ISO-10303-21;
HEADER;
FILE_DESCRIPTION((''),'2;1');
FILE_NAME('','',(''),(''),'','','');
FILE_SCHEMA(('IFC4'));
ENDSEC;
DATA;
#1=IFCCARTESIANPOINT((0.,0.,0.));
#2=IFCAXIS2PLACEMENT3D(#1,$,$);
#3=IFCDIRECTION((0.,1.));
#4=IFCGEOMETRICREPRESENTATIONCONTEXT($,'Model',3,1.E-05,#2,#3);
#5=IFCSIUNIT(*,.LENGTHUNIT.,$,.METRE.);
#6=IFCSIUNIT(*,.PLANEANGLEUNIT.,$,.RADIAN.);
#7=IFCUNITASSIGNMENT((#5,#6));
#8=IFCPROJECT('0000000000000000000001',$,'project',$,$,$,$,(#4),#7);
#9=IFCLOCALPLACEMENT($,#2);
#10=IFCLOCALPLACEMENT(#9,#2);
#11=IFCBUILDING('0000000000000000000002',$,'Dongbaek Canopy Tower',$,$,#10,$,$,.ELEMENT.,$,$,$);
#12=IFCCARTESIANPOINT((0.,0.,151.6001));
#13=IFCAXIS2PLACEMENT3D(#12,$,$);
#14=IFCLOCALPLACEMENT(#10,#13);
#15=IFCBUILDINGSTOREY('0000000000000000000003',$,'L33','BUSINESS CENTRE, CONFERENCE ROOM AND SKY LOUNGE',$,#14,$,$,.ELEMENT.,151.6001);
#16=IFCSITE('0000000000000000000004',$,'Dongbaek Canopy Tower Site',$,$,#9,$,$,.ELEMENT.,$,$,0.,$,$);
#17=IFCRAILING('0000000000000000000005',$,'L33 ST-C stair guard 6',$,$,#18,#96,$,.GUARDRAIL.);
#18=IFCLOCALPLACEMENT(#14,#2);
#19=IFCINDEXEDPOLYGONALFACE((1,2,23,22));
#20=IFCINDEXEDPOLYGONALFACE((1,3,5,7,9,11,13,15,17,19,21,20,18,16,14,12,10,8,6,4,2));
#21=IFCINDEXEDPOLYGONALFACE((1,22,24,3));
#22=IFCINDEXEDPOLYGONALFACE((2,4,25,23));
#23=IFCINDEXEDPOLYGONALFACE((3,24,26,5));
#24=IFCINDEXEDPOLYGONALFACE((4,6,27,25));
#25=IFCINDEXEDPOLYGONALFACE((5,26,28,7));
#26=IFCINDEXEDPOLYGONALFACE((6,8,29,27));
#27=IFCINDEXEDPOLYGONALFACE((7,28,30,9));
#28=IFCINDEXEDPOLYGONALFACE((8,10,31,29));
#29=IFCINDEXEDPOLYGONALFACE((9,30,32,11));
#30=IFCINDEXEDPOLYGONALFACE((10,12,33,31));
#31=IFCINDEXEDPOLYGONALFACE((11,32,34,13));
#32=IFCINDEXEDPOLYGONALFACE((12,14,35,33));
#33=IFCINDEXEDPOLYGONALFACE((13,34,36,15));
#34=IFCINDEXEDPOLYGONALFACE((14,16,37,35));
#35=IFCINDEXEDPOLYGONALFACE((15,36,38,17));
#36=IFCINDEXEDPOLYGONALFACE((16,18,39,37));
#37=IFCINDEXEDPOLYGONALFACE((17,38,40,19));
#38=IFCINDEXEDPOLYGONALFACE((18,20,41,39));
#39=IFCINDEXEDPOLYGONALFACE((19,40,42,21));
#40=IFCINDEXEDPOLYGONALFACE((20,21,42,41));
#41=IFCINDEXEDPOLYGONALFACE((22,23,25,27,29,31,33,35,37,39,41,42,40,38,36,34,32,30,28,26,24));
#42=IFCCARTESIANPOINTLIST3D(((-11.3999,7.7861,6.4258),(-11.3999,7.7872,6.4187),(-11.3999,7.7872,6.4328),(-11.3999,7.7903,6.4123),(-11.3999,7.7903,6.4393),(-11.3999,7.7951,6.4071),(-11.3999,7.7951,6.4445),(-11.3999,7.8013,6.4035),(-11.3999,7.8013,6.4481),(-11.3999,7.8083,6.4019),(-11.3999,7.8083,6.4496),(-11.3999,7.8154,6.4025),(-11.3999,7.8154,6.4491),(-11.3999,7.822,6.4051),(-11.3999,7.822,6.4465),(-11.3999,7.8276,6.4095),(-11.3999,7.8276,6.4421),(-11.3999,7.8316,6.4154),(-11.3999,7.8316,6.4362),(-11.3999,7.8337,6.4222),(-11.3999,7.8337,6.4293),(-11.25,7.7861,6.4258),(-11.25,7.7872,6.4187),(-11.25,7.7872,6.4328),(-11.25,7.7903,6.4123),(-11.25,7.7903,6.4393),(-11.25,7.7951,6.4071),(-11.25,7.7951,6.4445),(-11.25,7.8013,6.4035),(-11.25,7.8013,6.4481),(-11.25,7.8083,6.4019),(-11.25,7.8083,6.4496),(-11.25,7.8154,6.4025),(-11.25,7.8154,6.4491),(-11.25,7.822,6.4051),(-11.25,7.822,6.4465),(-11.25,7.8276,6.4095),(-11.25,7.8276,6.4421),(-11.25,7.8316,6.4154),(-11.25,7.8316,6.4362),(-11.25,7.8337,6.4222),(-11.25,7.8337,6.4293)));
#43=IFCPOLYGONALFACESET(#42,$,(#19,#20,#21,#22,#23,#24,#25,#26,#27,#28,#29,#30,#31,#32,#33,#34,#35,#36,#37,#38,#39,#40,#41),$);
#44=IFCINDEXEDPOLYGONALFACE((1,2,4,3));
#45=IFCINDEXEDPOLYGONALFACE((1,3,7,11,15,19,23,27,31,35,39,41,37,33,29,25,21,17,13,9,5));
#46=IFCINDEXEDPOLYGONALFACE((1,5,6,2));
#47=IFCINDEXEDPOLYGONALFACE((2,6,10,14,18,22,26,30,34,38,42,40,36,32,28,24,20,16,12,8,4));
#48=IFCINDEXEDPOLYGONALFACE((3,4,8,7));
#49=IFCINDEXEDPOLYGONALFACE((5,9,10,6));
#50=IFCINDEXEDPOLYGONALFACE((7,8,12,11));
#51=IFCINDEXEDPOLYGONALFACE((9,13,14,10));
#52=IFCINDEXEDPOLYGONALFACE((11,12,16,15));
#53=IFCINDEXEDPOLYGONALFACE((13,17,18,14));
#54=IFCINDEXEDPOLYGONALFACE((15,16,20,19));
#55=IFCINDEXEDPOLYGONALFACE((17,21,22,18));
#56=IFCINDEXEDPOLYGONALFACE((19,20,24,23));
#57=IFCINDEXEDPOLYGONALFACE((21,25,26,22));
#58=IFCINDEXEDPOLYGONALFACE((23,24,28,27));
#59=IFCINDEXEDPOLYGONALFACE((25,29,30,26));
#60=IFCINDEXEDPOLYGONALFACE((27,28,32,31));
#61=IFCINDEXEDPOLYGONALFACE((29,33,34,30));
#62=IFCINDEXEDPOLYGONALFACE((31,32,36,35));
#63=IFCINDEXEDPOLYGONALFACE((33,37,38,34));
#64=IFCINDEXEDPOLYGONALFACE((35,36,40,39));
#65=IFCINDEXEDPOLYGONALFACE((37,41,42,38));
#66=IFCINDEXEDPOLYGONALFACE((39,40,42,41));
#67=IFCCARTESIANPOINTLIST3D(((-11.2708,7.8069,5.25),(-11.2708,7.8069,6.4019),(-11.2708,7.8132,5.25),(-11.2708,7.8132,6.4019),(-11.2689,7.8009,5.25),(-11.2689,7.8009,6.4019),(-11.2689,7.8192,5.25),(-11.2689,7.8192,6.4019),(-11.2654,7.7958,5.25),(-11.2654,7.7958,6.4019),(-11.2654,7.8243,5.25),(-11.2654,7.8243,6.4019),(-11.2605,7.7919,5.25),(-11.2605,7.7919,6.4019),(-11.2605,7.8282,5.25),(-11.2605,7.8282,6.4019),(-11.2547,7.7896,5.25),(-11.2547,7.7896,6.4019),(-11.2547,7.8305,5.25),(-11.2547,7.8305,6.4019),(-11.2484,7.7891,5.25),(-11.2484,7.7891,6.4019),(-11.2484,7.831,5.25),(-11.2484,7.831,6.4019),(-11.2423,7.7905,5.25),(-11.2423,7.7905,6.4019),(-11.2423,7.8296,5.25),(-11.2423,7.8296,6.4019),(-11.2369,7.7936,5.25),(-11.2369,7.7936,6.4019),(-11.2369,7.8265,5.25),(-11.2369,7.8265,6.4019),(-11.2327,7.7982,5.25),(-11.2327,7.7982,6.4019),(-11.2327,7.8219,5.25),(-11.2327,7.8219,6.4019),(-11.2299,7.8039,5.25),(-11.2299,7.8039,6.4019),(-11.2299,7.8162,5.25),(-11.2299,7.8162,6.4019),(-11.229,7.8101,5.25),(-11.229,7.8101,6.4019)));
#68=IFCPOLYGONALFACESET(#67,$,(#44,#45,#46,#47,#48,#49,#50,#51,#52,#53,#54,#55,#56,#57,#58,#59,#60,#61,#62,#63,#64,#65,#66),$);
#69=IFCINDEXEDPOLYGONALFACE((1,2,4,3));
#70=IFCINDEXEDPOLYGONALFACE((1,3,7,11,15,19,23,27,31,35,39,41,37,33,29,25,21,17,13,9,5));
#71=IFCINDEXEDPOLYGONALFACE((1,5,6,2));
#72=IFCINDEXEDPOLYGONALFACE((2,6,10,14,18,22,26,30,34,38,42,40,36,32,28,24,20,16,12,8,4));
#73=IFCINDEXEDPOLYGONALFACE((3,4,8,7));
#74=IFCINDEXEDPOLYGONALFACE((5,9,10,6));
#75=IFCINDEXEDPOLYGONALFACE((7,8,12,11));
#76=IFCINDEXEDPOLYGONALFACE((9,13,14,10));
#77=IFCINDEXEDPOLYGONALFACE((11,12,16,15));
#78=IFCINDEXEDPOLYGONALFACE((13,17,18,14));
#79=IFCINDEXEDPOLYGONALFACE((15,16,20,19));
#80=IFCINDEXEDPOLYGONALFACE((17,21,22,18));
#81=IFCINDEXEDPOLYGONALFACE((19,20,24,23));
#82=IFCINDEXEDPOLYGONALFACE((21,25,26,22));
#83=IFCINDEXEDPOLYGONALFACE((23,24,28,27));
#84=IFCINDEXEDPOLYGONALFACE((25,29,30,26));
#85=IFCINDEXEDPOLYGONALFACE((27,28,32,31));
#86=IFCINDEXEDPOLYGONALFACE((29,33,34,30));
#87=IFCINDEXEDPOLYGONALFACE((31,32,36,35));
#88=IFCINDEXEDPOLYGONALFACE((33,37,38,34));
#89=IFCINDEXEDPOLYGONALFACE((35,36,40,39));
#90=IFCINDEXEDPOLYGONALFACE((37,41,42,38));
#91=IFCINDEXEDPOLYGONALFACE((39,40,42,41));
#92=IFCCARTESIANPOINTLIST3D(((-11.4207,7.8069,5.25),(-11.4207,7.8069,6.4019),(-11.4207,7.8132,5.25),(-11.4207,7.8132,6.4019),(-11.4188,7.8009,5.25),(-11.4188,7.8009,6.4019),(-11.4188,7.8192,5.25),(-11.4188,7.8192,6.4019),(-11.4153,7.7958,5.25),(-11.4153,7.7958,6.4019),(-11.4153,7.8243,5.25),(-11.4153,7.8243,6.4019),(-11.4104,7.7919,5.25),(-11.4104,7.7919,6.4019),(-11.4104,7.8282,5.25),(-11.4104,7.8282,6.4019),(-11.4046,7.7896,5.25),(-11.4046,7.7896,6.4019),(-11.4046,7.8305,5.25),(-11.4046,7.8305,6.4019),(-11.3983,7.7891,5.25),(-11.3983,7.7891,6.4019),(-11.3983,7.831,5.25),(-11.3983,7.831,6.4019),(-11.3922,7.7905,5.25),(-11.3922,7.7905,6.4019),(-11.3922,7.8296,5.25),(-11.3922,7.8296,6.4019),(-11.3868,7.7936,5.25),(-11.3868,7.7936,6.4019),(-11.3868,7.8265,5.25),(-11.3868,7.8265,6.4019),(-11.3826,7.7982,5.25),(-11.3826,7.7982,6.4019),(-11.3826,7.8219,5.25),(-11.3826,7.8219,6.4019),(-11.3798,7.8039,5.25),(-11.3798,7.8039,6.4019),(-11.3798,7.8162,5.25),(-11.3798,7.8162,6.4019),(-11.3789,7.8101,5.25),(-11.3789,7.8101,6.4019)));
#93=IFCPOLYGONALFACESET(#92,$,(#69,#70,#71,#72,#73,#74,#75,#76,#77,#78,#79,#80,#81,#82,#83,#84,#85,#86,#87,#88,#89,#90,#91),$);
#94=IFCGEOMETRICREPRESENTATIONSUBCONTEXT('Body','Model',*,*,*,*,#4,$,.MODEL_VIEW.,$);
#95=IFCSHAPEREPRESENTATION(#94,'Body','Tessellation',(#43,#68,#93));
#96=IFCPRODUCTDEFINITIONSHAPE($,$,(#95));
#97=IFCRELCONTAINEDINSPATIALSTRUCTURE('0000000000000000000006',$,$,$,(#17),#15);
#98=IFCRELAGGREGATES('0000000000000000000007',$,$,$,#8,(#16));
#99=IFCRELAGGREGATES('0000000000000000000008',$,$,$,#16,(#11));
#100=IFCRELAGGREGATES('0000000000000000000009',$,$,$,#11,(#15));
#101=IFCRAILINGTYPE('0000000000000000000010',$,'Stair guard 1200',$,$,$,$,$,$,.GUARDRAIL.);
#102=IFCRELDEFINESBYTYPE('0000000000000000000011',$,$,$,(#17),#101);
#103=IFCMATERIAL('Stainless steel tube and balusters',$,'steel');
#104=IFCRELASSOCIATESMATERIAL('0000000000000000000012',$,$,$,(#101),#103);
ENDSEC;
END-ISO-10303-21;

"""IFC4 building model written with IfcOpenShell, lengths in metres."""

from ifc_helpers import new_model, si_unit, direction, frame, origin, origin_2d, place, context, subcontext, project, spatial, circle, extrude, material, type_object, element, save


model = new_model("IFC4")

# Units and contexts
model_context = context("Model", 3, precision=1e-05, world=origin(), true_north=direction((0.0, 1.0)))
body_context = subcontext(model_context, "Body", "Model", "MODEL_VIEW")
ifc_project = project(units=[si_unit("LENGTHUNIT", "METRE"), si_unit("PLANEANGLEUNIT", "RADIAN")], contexts=[model_context])

# Site, building, storey
site_placement = place(None, origin())
site = spatial("IfcSite", under=ifc_project, at=site_placement, Name="Dongbaek Canopy Tower Site", CompositionType="ELEMENT", RefElevation=0.0)
building_placement = place(site_placement, origin())
building = spatial("IfcBuilding", under=site, at=building_placement, Name="Dongbaek Canopy Tower", CompositionType="ELEMENT")
storey_placement = place(building_placement, frame((0.0, 0.0, 151.6001)))
storey = spatial("IfcBuildingStorey", under=building, at=storey_placement, Name="L33", Description="BUSINESS CENTRE, CONFERENCE ROOM AND SKY LOUNGE", CompositionType="ELEMENT", Elevation=151.6001)

# Railing
ifc_material_1 = material(Name="Stainless steel tube and balusters", Category="steel")
railing_type_1 = type_object("IfcRailingType", Name="Stair guard 1200", PredefinedType="GUARDRAIL", material=ifc_material_1)
railing_1_placement = place(storey_placement, frame((-11.25, 7.8101, 5.25)))
element("IfcRailing", 1, at=railing_1_placement, inside=storey, type_object=railing_type_1, Name="L33 ST-C stair guard 6", PredefinedType="GUARDRAIL", context=body_context, shape_type="SweptSolid", body=[
    extrude(circle(Radius=0.0239, at=origin_2d()), frame((0.0, 0.0, 1.1758), z_axis=(-1.0, 0.0, 0.0), x_axis=(0.0, -1.0, 0.0)), (0.0, 0.0, 1.0), 0.1499),
    extrude(circle(Radius=0.021, at=origin_2d()), origin(), (0.0, 0.0, 1.0), 1.1519),
    extrude(circle(Radius=0.021, at=origin_2d()), frame((-0.1499, 0.0, 0.0)), (0.0, 0.0, 1.0), 1.1519),
])

save(model, "model.ifc")
